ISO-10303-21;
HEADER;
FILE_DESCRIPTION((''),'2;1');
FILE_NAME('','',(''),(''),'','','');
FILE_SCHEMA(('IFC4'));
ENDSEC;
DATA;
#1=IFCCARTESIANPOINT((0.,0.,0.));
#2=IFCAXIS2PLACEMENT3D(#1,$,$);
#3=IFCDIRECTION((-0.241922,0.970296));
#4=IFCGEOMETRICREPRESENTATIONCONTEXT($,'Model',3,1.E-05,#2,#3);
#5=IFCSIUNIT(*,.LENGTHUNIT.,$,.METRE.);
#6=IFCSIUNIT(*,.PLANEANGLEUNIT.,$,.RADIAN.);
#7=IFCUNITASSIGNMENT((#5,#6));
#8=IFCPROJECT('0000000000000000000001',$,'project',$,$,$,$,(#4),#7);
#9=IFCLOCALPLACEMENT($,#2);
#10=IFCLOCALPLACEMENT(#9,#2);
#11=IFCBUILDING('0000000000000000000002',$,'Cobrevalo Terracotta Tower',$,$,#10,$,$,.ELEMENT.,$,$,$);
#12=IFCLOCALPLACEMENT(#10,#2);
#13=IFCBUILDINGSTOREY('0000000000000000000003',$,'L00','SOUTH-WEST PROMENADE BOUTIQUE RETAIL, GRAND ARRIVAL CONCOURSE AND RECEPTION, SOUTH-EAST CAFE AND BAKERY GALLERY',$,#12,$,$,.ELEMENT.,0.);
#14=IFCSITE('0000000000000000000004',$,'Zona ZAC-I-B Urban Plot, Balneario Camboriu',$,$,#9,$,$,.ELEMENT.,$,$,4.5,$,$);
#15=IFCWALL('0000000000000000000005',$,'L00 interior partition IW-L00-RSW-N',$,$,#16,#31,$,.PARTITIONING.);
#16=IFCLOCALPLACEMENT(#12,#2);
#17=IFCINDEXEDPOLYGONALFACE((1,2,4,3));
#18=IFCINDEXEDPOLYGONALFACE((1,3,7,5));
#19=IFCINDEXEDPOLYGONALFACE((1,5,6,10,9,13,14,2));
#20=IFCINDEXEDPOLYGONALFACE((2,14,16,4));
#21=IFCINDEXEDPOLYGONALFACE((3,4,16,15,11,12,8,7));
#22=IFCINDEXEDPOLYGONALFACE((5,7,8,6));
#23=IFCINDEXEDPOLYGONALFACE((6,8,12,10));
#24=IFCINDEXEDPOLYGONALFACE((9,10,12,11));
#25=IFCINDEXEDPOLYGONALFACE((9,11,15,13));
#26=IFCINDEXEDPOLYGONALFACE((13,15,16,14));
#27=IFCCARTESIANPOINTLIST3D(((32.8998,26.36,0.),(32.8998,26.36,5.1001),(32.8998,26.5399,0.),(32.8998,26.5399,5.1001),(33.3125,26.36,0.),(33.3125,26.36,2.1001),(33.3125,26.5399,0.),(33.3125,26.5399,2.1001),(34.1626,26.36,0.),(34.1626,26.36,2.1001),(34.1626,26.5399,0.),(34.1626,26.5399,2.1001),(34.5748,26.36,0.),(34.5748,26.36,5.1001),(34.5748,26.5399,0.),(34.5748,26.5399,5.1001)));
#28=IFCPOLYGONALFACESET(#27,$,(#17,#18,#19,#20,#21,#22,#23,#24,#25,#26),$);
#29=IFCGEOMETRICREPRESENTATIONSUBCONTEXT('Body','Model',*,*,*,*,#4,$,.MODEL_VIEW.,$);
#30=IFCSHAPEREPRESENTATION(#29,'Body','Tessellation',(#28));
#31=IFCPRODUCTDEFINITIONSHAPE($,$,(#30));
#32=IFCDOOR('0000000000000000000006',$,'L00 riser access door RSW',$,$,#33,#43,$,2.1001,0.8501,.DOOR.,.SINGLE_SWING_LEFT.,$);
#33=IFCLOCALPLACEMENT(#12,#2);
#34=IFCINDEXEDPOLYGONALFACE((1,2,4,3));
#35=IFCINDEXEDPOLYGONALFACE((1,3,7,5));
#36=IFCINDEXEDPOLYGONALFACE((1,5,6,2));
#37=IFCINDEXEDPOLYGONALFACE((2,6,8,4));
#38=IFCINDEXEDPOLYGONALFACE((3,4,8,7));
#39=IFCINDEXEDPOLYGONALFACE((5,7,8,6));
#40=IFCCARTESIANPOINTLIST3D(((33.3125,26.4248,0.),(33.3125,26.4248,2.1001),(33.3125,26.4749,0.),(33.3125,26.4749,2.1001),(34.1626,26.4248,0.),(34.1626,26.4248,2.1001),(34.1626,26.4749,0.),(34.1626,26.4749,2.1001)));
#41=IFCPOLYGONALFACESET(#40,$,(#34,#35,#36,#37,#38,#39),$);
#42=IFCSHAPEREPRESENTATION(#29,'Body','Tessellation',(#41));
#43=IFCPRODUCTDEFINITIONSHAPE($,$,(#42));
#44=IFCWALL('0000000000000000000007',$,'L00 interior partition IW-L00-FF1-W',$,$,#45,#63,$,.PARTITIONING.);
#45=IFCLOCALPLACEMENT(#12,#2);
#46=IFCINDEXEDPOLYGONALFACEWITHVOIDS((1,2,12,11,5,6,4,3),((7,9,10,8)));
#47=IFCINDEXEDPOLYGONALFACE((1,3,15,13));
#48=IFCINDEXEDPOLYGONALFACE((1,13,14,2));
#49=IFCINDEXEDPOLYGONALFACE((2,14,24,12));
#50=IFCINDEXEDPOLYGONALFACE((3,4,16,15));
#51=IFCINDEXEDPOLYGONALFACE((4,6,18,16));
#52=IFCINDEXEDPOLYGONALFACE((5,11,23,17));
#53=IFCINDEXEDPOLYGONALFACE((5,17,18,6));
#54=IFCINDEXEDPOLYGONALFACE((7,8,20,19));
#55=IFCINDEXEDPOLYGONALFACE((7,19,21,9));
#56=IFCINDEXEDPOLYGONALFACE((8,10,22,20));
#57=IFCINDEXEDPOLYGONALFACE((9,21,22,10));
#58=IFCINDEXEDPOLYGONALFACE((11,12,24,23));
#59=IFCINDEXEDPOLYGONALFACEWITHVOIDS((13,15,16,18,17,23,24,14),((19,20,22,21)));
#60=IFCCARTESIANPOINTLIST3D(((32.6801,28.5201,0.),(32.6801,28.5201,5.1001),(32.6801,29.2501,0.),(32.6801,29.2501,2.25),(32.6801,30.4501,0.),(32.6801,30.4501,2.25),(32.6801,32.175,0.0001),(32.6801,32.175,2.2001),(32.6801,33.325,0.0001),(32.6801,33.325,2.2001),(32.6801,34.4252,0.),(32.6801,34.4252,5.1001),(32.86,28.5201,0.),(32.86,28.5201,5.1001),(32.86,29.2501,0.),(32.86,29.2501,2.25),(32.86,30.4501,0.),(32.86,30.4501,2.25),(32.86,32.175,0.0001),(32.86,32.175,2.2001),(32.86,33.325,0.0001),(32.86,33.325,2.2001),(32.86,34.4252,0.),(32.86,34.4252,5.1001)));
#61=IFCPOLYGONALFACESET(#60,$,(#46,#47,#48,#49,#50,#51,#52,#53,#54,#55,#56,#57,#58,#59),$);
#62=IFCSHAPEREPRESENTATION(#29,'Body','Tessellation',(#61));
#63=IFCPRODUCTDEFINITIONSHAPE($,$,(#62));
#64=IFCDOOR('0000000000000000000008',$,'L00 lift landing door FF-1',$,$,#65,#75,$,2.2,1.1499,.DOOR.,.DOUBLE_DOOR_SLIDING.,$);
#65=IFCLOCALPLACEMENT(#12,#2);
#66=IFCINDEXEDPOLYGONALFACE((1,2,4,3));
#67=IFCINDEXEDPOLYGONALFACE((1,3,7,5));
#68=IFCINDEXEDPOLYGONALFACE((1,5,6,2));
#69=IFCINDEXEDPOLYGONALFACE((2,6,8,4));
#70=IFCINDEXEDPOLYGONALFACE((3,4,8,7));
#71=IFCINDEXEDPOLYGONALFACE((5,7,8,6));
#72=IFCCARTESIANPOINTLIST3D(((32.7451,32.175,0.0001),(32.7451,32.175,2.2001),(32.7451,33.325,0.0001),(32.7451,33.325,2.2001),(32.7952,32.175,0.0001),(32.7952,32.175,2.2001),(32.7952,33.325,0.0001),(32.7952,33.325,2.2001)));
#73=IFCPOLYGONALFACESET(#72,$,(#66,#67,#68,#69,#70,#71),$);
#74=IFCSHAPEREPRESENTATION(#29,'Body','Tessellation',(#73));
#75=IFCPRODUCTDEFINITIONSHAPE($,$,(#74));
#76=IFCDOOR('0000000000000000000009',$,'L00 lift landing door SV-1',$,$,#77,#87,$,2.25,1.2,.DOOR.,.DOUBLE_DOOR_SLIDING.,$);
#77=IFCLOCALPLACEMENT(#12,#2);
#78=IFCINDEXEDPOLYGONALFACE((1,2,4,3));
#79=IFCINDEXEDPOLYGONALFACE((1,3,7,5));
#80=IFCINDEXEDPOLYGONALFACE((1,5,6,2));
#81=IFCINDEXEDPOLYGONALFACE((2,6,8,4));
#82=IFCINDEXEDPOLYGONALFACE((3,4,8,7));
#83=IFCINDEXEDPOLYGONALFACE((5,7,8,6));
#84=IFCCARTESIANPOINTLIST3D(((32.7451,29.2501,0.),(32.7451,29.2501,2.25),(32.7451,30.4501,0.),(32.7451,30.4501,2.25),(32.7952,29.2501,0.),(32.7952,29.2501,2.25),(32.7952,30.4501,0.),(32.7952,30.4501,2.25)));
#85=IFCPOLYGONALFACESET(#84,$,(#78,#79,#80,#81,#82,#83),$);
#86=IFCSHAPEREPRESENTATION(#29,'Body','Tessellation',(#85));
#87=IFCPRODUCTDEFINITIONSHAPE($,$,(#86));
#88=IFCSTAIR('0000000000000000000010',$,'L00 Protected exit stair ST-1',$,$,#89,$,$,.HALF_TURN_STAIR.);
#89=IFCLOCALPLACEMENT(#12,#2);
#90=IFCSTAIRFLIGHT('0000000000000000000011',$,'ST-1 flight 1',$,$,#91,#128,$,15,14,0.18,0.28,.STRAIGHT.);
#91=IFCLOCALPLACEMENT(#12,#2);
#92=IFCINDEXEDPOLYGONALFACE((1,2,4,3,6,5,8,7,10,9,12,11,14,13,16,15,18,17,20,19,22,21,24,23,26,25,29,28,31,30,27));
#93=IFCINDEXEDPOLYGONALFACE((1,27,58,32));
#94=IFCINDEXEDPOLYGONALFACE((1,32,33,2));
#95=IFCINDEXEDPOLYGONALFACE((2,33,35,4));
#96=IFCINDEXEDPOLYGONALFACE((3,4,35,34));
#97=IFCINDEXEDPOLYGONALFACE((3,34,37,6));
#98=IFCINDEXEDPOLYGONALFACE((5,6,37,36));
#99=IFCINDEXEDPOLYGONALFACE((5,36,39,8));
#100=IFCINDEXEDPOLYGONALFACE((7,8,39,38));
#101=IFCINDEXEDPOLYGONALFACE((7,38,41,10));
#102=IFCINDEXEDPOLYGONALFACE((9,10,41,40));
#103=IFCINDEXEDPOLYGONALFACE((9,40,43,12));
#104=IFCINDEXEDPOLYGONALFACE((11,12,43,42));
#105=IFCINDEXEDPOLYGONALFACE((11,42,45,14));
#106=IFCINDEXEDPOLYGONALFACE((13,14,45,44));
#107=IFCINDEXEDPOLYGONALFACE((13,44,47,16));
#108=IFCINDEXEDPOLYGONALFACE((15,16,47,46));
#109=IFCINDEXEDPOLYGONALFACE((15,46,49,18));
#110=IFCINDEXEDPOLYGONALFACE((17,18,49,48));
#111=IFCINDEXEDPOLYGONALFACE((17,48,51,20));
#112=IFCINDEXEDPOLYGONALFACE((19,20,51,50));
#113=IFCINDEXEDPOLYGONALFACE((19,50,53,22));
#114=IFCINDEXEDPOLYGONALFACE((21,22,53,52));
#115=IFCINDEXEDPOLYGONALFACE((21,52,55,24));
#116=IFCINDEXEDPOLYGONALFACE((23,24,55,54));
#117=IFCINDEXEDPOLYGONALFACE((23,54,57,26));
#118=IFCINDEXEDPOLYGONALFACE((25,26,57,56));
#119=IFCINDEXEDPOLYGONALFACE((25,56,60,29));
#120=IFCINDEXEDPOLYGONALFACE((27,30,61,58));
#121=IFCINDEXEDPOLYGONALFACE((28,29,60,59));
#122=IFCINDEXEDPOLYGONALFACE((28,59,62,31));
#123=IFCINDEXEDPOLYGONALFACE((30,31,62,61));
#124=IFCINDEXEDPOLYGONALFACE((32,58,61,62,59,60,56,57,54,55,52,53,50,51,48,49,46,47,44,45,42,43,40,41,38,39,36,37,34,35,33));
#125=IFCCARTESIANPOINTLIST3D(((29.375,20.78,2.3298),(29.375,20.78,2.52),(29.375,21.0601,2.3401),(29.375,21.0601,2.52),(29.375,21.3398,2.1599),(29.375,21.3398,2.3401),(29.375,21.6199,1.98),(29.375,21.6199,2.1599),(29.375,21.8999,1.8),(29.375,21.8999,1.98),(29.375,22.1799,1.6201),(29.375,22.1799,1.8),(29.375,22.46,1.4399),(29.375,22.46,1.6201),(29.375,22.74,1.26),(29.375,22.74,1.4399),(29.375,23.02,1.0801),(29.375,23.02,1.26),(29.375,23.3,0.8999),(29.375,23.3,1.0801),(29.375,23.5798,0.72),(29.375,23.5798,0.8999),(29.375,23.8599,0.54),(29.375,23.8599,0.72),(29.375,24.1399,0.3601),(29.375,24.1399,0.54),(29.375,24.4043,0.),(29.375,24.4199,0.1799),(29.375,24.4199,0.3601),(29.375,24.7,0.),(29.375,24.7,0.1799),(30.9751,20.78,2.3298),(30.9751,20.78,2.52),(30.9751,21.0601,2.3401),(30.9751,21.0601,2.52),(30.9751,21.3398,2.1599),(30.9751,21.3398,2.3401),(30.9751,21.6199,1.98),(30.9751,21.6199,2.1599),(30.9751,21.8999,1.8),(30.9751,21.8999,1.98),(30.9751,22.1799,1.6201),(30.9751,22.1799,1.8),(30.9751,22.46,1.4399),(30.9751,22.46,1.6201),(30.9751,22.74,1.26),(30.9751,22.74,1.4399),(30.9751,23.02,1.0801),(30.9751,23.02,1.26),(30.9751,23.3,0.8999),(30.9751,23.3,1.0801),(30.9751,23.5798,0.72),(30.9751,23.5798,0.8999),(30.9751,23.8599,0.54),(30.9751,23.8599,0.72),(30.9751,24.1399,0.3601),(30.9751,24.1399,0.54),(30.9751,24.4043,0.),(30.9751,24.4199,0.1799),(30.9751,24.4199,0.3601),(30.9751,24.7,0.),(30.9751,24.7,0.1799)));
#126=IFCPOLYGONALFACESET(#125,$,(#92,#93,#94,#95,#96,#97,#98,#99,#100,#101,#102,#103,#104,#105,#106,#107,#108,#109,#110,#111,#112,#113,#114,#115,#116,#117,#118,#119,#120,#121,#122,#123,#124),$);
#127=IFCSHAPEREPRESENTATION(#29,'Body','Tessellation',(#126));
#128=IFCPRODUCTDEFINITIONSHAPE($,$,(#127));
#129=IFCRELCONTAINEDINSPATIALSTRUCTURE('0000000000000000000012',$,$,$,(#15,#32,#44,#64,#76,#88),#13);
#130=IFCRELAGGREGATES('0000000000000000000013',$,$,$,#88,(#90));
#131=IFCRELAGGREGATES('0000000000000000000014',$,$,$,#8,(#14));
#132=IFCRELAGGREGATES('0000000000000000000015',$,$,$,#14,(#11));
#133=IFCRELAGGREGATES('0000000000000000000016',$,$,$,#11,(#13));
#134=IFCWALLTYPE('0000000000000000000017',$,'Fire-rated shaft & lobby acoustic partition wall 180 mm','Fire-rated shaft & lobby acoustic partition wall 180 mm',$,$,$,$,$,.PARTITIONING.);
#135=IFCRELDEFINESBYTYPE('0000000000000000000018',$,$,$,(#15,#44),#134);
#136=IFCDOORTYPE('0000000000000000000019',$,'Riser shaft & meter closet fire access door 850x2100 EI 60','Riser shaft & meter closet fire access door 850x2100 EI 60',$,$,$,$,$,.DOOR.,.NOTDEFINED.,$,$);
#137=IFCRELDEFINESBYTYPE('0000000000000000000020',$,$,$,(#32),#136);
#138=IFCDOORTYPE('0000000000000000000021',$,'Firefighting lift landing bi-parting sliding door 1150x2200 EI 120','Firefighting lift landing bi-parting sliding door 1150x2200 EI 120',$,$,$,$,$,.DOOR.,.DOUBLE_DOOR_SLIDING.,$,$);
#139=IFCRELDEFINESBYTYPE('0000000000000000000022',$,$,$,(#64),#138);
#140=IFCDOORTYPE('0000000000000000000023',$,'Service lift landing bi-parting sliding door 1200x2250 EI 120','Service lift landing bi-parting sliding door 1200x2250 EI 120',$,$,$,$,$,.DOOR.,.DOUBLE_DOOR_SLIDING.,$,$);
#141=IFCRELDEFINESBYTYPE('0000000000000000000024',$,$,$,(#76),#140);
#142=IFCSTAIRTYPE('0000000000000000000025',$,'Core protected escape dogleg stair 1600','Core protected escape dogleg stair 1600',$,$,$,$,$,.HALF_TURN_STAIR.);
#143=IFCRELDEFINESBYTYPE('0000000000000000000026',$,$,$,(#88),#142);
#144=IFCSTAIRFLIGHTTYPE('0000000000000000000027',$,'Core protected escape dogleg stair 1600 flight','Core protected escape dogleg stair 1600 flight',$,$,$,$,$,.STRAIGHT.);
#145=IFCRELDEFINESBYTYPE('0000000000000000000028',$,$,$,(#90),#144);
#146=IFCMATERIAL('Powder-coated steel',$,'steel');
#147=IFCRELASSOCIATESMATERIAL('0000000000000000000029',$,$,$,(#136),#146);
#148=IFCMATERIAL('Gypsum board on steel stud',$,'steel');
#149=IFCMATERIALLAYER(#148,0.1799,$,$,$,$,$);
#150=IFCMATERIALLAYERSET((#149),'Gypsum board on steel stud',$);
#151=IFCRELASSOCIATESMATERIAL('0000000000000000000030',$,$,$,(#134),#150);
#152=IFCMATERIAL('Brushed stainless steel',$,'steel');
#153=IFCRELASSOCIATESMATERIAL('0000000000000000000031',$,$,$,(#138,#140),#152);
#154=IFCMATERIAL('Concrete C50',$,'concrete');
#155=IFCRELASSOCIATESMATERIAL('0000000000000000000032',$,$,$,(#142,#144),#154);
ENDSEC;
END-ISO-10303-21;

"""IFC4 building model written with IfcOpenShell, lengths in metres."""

from ifc_helpers import new_model, si_unit, direction, frame, frame_2d, origin, place, context, subcontext, project, spatial, polyline, rectangle, outline, extrude, source, transform, mapped, material, layer, layer_set, type_object, element, fill, aggregate, save


model = new_model("IFC4")

# Units and contexts
model_context = context("Model", 3, precision=1e-05, world=origin(), true_north=direction((-0.241922, 0.970296)))
body_context = subcontext(model_context, "Body", "Model", "MODEL_VIEW")
ifc_project = project(units=[si_unit("LENGTHUNIT", "METRE"), si_unit("PLANEANGLEUNIT", "RADIAN")], contexts=[model_context])

# Site, building, storey
site_placement = place(None, origin())
site = spatial("IfcSite", under=ifc_project, at=site_placement, Name="Zona ZAC-I-B Urban Plot, Balneario Camboriu", CompositionType="ELEMENT", RefElevation=4.5)
building_placement = place(site_placement, origin())
building = spatial("IfcBuilding", under=site, at=building_placement, Name="Cobrevalo Terracotta Tower", CompositionType="ELEMENT")
storey_placement = place(building_placement, origin())
storey = spatial("IfcBuildingStorey", under=building, at=storey_placement, Name="L00", Description="SOUTH-WEST PROMENADE BOUTIQUE RETAIL, GRAND ARRIVAL CONCOURSE AND RECEPTION, SOUTH-EAST CAFE AND BAKERY GALLERY", CompositionType="ELEMENT", Elevation=0.0)

# Shared definitions
ifc_material_1 = material(Name="Powder-coated steel", Category="steel")
door_type_1 = type_object("IfcDoorType", Name="Riser shaft & meter closet fire access door 850x2100 EI 60", Description="Riser shaft & meter closet fire access door 850x2100 EI 60", OperationType="NOTDEFINED", PredefinedType="DOOR", material=ifc_material_1)
shared_shape_1 = source(origin(), body_context, "Body", "SweptSolid", [
    extrude(rectangle(XDim=0.8501, YDim=2.1001, at=frame_2d((0.425, 1.05))), frame((0.0, 0.0249, 0.0), z_axis=(0.0, -1.0, 0.0), x_axis=(1.0, 0.0, 0.0)), (0.0, 0.0, 1.0), 0.05),
])

# Shared definitions
ifc_material_2 = material(Name="Gypsum board on steel stud", Category="steel")

# Wall, opening, door
ifc_layer_1 = layer(ifc_material_2, 0.1799)
ifc_layer_set_1 = layer_set([ifc_layer_1], Name="Gypsum board on steel stud")
wall_type_1 = type_object("IfcWallType", Name="Fire-rated shaft & lobby acoustic partition wall 180 mm", Description="Fire-rated shaft & lobby acoustic partition wall 180 mm", PredefinedType="PARTITIONING", material=ifc_layer_set_1)
wall_1_placement = place(storey_placement, frame((32.8999, 26.45, 0.0), z_axis=(0.0, 0.0, 1.0), x_axis=(1.0, 0.0, 0.0)))
wall_1 = element("IfcWall", 1, at=wall_1_placement, inside=storey, type_object=wall_type_1, Name="L00 interior partition IW-L00-RSW-N", PredefinedType="PARTITIONING", context=body_context, shape_type="SweptSolid", body=[
    extrude(rectangle(XDim=1.675, YDim=0.1799, at=frame_2d((0.8374, 0.0))), origin(), (0.0, 0.0, 1.0), 5.1001),
])
opening_1_placement = place(wall_1_placement, frame((0.4126, 0.0, 0.0)))
opening_1 = element("IfcOpeningElement", 2, at=opening_1_placement, cuts=wall_1, PredefinedType="OPENING", context=body_context, shape_type="SweptSolid", body=[
    extrude(rectangle(XDim=0.8501, YDim=2.1001, at=frame_2d((0.425, 1.05))), frame((0.0, 0.1001, 0.0), z_axis=(0.0, -1.0, 0.0), x_axis=(1.0, 0.0, 0.0)), (0.0, 0.0, 1.0), 0.2),
])
door_1_placement = place(opening_1_placement, origin())
door_1 = element("IfcDoor", 3, at=door_1_placement, inside=storey, type_object=door_type_1, Name="L00 riser access door RSW", OperationType="SINGLE_SWING_LEFT", OverallHeight=2.1001, OverallWidth=0.8501, PredefinedType="DOOR", context=body_context, shape_type="MappedRepresentation", body=[
    mapped(shared_shape_1, transform((0.0, 0.0, 0.0), scale=1.0)),
])
fill(opening_1, door_1)

# Wall, openings, doors
wall_2_placement = place(storey_placement, frame((32.77, 28.52, 0.0), z_axis=(0.0, 0.0, 1.0), x_axis=(0.0, 1.0, 0.0)))
wall_2 = element("IfcWall", 4, at=wall_2_placement, inside=storey, type_object=wall_type_1, Name="L00 interior partition IW-L00-FF1-W", PredefinedType="PARTITIONING", context=body_context, shape_type="SweptSolid", body=[
    extrude(rectangle(XDim=5.905, YDim=0.1799, at=frame_2d((2.9526, 0.0))), origin(), (0.0, 0.0, 1.0), 5.1001),
])
opening_2_placement = place(wall_2_placement, frame((3.655, 0.0, 0.0)))
opening_2 = element("IfcOpeningElement", 5, at=opening_2_placement, cuts=wall_2, PredefinedType="OPENING", context=body_context, shape_type="SweptSolid", body=[
    extrude(rectangle(XDim=1.1499, YDim=2.2, at=frame_2d((0.575, 1.1001))), frame((0.0, 0.1001, 0.0), z_axis=(0.0, -1.0, 0.0), x_axis=(1.0, 0.0, 0.0)), (0.0, 0.0, 1.0), 0.2),
])
opening_3_placement = place(wall_2_placement, frame((0.73, 0.0, 0.0)))
opening_3 = element("IfcOpeningElement", 6, at=opening_3_placement, cuts=wall_2, PredefinedType="OPENING", context=body_context, shape_type="SweptSolid", body=[
    extrude(rectangle(XDim=1.2, YDim=2.25, at=frame_2d((0.6001, 1.125))), frame((0.0, 0.1001, 0.0), z_axis=(0.0, -1.0, 0.0), x_axis=(1.0, 0.0, 0.0)), (0.0, 0.0, 1.0), 0.2),
])
ifc_material_3 = material(Name="Brushed stainless steel", Category="steel")
door_type_2 = type_object("IfcDoorType", Name="Firefighting lift landing bi-parting sliding door 1150x2200 EI 120", Description="Firefighting lift landing bi-parting sliding door 1150x2200 EI 120", OperationType="DOUBLE_DOOR_SLIDING", PredefinedType="DOOR", material=ifc_material_3)
shared_shape_2 = source(origin(), body_context, "Body", "SweptSolid", [
    extrude(rectangle(XDim=1.1499, YDim=2.2, at=frame_2d((0.575, 1.1001))), frame((0.0, 0.0249, 0.0), z_axis=(0.0, -1.0, 0.0), x_axis=(1.0, 0.0, 0.0)), (0.0, 0.0, 1.0), 0.05),
])
door_2_placement = place(opening_2_placement, origin())
door_2 = element("IfcDoor", 7, at=door_2_placement, inside=storey, type_object=door_type_2, Name="L00 lift landing door FF-1", OperationType="DOUBLE_DOOR_SLIDING", OverallHeight=2.2, OverallWidth=1.1499, PredefinedType="DOOR", context=body_context, shape_type="MappedRepresentation", body=[
    mapped(shared_shape_2, transform((0.0, 0.0, 0.0), scale=1.0)),
])
fill(opening_2, door_2)
door_type_3 = type_object("IfcDoorType", Name="Service lift landing bi-parting sliding door 1200x2250 EI 120", Description="Service lift landing bi-parting sliding door 1200x2250 EI 120", OperationType="DOUBLE_DOOR_SLIDING", PredefinedType="DOOR", material=ifc_material_3)
shared_shape_3 = source(origin(), body_context, "Body", "SweptSolid", [
    extrude(rectangle(XDim=1.2, YDim=2.25, at=frame_2d((0.6001, 1.125))), frame((0.0, 0.0249, 0.0), z_axis=(0.0, -1.0, 0.0), x_axis=(1.0, 0.0, 0.0)), (0.0, 0.0, 1.0), 0.05),
])
door_3_placement = place(opening_3_placement, origin())
door_3 = element("IfcDoor", 8, at=door_3_placement, inside=storey, type_object=door_type_3, Name="L00 lift landing door SV-1", OperationType="DOUBLE_DOOR_SLIDING", OverallHeight=2.25, OverallWidth=1.2, PredefinedType="DOOR", context=body_context, shape_type="MappedRepresentation", body=[
    mapped(shared_shape_3, transform((0.0, 0.0, 0.0), scale=1.0)),
])
fill(opening_3, door_3)

# Shared definitions
ifc_material_4 = material(Name="Concrete C50", Category="concrete")

# Stair, stair flight
stair_type = type_object("IfcStairType", Name="Core protected escape dogleg stair 1600", Description="Core protected escape dogleg stair 1600", PredefinedType="HALF_TURN_STAIR", material=ifc_material_4)
stair_placement = place(storey_placement, origin())
stair = element("IfcStair", 9, at=stair_placement, inside=storey, type_object=stair_type, Name="L00 Protected exit stair ST-1", PredefinedType="HALF_TURN_STAIR")
stair_flight_type = type_object("IfcStairFlightType", Name="Core protected escape dogleg stair 1600 flight", Description="Core protected escape dogleg stair 1600 flight", PredefinedType="STRAIGHT", material=ifc_material_4)
stair_flight_placement = place(storey_placement, frame((30.175, 24.7, 0.0), z_axis=(0.0, 0.0, 1.0), x_axis=(0.0, -1.0, 0.0)))
stair_flight = element("IfcStairFlight", 10, at=stair_flight_placement, type_object=stair_flight_type, Name="ST-1 flight 1", NumberOfRisers=15, NumberOfTreads=14, PredefinedType="STRAIGHT", RiserHeight=0.18, TreadLength=0.28, context=body_context, shape_type="SweptSolid", body=[
    extrude(outline(polyline([(0.0, 0.0), (0.0, 0.1799), (0.28, 0.1799), (0.28, 0.3601), (0.5601, 0.3601), (0.5601, 0.54), (0.8401, 0.54), (0.8401, 0.72), (1.1201, 0.72), (1.1201, 0.8999), (1.3999, 0.8999), (1.3999, 1.0801), (1.6799, 1.0801), (1.6799, 1.26), (1.96, 1.26), (1.96, 1.4399), (2.24, 1.4399), (2.24, 1.6201), (2.52, 1.6201), (2.52, 1.8), (2.8, 1.8), (2.8, 1.98), (3.0801, 1.98), (3.0801, 2.1599), (3.3601, 2.1599), (3.3601, 2.3401), (3.6399, 2.3401), (3.6399, 2.52), (3.9199, 2.52), (3.9199, 2.7), (3.9199, 2.3298), (0.2957, 0.0), (0.0, 0.0)])), frame((0.0, 0.8, 0.0), z_axis=(0.0, -1.0, 0.0), x_axis=(1.0, 0.0, 0.0)), (0.0, 0.0, 1.0), 1.6001),
])
aggregate(stair, [stair_flight])

save(model, "model.ifc")
